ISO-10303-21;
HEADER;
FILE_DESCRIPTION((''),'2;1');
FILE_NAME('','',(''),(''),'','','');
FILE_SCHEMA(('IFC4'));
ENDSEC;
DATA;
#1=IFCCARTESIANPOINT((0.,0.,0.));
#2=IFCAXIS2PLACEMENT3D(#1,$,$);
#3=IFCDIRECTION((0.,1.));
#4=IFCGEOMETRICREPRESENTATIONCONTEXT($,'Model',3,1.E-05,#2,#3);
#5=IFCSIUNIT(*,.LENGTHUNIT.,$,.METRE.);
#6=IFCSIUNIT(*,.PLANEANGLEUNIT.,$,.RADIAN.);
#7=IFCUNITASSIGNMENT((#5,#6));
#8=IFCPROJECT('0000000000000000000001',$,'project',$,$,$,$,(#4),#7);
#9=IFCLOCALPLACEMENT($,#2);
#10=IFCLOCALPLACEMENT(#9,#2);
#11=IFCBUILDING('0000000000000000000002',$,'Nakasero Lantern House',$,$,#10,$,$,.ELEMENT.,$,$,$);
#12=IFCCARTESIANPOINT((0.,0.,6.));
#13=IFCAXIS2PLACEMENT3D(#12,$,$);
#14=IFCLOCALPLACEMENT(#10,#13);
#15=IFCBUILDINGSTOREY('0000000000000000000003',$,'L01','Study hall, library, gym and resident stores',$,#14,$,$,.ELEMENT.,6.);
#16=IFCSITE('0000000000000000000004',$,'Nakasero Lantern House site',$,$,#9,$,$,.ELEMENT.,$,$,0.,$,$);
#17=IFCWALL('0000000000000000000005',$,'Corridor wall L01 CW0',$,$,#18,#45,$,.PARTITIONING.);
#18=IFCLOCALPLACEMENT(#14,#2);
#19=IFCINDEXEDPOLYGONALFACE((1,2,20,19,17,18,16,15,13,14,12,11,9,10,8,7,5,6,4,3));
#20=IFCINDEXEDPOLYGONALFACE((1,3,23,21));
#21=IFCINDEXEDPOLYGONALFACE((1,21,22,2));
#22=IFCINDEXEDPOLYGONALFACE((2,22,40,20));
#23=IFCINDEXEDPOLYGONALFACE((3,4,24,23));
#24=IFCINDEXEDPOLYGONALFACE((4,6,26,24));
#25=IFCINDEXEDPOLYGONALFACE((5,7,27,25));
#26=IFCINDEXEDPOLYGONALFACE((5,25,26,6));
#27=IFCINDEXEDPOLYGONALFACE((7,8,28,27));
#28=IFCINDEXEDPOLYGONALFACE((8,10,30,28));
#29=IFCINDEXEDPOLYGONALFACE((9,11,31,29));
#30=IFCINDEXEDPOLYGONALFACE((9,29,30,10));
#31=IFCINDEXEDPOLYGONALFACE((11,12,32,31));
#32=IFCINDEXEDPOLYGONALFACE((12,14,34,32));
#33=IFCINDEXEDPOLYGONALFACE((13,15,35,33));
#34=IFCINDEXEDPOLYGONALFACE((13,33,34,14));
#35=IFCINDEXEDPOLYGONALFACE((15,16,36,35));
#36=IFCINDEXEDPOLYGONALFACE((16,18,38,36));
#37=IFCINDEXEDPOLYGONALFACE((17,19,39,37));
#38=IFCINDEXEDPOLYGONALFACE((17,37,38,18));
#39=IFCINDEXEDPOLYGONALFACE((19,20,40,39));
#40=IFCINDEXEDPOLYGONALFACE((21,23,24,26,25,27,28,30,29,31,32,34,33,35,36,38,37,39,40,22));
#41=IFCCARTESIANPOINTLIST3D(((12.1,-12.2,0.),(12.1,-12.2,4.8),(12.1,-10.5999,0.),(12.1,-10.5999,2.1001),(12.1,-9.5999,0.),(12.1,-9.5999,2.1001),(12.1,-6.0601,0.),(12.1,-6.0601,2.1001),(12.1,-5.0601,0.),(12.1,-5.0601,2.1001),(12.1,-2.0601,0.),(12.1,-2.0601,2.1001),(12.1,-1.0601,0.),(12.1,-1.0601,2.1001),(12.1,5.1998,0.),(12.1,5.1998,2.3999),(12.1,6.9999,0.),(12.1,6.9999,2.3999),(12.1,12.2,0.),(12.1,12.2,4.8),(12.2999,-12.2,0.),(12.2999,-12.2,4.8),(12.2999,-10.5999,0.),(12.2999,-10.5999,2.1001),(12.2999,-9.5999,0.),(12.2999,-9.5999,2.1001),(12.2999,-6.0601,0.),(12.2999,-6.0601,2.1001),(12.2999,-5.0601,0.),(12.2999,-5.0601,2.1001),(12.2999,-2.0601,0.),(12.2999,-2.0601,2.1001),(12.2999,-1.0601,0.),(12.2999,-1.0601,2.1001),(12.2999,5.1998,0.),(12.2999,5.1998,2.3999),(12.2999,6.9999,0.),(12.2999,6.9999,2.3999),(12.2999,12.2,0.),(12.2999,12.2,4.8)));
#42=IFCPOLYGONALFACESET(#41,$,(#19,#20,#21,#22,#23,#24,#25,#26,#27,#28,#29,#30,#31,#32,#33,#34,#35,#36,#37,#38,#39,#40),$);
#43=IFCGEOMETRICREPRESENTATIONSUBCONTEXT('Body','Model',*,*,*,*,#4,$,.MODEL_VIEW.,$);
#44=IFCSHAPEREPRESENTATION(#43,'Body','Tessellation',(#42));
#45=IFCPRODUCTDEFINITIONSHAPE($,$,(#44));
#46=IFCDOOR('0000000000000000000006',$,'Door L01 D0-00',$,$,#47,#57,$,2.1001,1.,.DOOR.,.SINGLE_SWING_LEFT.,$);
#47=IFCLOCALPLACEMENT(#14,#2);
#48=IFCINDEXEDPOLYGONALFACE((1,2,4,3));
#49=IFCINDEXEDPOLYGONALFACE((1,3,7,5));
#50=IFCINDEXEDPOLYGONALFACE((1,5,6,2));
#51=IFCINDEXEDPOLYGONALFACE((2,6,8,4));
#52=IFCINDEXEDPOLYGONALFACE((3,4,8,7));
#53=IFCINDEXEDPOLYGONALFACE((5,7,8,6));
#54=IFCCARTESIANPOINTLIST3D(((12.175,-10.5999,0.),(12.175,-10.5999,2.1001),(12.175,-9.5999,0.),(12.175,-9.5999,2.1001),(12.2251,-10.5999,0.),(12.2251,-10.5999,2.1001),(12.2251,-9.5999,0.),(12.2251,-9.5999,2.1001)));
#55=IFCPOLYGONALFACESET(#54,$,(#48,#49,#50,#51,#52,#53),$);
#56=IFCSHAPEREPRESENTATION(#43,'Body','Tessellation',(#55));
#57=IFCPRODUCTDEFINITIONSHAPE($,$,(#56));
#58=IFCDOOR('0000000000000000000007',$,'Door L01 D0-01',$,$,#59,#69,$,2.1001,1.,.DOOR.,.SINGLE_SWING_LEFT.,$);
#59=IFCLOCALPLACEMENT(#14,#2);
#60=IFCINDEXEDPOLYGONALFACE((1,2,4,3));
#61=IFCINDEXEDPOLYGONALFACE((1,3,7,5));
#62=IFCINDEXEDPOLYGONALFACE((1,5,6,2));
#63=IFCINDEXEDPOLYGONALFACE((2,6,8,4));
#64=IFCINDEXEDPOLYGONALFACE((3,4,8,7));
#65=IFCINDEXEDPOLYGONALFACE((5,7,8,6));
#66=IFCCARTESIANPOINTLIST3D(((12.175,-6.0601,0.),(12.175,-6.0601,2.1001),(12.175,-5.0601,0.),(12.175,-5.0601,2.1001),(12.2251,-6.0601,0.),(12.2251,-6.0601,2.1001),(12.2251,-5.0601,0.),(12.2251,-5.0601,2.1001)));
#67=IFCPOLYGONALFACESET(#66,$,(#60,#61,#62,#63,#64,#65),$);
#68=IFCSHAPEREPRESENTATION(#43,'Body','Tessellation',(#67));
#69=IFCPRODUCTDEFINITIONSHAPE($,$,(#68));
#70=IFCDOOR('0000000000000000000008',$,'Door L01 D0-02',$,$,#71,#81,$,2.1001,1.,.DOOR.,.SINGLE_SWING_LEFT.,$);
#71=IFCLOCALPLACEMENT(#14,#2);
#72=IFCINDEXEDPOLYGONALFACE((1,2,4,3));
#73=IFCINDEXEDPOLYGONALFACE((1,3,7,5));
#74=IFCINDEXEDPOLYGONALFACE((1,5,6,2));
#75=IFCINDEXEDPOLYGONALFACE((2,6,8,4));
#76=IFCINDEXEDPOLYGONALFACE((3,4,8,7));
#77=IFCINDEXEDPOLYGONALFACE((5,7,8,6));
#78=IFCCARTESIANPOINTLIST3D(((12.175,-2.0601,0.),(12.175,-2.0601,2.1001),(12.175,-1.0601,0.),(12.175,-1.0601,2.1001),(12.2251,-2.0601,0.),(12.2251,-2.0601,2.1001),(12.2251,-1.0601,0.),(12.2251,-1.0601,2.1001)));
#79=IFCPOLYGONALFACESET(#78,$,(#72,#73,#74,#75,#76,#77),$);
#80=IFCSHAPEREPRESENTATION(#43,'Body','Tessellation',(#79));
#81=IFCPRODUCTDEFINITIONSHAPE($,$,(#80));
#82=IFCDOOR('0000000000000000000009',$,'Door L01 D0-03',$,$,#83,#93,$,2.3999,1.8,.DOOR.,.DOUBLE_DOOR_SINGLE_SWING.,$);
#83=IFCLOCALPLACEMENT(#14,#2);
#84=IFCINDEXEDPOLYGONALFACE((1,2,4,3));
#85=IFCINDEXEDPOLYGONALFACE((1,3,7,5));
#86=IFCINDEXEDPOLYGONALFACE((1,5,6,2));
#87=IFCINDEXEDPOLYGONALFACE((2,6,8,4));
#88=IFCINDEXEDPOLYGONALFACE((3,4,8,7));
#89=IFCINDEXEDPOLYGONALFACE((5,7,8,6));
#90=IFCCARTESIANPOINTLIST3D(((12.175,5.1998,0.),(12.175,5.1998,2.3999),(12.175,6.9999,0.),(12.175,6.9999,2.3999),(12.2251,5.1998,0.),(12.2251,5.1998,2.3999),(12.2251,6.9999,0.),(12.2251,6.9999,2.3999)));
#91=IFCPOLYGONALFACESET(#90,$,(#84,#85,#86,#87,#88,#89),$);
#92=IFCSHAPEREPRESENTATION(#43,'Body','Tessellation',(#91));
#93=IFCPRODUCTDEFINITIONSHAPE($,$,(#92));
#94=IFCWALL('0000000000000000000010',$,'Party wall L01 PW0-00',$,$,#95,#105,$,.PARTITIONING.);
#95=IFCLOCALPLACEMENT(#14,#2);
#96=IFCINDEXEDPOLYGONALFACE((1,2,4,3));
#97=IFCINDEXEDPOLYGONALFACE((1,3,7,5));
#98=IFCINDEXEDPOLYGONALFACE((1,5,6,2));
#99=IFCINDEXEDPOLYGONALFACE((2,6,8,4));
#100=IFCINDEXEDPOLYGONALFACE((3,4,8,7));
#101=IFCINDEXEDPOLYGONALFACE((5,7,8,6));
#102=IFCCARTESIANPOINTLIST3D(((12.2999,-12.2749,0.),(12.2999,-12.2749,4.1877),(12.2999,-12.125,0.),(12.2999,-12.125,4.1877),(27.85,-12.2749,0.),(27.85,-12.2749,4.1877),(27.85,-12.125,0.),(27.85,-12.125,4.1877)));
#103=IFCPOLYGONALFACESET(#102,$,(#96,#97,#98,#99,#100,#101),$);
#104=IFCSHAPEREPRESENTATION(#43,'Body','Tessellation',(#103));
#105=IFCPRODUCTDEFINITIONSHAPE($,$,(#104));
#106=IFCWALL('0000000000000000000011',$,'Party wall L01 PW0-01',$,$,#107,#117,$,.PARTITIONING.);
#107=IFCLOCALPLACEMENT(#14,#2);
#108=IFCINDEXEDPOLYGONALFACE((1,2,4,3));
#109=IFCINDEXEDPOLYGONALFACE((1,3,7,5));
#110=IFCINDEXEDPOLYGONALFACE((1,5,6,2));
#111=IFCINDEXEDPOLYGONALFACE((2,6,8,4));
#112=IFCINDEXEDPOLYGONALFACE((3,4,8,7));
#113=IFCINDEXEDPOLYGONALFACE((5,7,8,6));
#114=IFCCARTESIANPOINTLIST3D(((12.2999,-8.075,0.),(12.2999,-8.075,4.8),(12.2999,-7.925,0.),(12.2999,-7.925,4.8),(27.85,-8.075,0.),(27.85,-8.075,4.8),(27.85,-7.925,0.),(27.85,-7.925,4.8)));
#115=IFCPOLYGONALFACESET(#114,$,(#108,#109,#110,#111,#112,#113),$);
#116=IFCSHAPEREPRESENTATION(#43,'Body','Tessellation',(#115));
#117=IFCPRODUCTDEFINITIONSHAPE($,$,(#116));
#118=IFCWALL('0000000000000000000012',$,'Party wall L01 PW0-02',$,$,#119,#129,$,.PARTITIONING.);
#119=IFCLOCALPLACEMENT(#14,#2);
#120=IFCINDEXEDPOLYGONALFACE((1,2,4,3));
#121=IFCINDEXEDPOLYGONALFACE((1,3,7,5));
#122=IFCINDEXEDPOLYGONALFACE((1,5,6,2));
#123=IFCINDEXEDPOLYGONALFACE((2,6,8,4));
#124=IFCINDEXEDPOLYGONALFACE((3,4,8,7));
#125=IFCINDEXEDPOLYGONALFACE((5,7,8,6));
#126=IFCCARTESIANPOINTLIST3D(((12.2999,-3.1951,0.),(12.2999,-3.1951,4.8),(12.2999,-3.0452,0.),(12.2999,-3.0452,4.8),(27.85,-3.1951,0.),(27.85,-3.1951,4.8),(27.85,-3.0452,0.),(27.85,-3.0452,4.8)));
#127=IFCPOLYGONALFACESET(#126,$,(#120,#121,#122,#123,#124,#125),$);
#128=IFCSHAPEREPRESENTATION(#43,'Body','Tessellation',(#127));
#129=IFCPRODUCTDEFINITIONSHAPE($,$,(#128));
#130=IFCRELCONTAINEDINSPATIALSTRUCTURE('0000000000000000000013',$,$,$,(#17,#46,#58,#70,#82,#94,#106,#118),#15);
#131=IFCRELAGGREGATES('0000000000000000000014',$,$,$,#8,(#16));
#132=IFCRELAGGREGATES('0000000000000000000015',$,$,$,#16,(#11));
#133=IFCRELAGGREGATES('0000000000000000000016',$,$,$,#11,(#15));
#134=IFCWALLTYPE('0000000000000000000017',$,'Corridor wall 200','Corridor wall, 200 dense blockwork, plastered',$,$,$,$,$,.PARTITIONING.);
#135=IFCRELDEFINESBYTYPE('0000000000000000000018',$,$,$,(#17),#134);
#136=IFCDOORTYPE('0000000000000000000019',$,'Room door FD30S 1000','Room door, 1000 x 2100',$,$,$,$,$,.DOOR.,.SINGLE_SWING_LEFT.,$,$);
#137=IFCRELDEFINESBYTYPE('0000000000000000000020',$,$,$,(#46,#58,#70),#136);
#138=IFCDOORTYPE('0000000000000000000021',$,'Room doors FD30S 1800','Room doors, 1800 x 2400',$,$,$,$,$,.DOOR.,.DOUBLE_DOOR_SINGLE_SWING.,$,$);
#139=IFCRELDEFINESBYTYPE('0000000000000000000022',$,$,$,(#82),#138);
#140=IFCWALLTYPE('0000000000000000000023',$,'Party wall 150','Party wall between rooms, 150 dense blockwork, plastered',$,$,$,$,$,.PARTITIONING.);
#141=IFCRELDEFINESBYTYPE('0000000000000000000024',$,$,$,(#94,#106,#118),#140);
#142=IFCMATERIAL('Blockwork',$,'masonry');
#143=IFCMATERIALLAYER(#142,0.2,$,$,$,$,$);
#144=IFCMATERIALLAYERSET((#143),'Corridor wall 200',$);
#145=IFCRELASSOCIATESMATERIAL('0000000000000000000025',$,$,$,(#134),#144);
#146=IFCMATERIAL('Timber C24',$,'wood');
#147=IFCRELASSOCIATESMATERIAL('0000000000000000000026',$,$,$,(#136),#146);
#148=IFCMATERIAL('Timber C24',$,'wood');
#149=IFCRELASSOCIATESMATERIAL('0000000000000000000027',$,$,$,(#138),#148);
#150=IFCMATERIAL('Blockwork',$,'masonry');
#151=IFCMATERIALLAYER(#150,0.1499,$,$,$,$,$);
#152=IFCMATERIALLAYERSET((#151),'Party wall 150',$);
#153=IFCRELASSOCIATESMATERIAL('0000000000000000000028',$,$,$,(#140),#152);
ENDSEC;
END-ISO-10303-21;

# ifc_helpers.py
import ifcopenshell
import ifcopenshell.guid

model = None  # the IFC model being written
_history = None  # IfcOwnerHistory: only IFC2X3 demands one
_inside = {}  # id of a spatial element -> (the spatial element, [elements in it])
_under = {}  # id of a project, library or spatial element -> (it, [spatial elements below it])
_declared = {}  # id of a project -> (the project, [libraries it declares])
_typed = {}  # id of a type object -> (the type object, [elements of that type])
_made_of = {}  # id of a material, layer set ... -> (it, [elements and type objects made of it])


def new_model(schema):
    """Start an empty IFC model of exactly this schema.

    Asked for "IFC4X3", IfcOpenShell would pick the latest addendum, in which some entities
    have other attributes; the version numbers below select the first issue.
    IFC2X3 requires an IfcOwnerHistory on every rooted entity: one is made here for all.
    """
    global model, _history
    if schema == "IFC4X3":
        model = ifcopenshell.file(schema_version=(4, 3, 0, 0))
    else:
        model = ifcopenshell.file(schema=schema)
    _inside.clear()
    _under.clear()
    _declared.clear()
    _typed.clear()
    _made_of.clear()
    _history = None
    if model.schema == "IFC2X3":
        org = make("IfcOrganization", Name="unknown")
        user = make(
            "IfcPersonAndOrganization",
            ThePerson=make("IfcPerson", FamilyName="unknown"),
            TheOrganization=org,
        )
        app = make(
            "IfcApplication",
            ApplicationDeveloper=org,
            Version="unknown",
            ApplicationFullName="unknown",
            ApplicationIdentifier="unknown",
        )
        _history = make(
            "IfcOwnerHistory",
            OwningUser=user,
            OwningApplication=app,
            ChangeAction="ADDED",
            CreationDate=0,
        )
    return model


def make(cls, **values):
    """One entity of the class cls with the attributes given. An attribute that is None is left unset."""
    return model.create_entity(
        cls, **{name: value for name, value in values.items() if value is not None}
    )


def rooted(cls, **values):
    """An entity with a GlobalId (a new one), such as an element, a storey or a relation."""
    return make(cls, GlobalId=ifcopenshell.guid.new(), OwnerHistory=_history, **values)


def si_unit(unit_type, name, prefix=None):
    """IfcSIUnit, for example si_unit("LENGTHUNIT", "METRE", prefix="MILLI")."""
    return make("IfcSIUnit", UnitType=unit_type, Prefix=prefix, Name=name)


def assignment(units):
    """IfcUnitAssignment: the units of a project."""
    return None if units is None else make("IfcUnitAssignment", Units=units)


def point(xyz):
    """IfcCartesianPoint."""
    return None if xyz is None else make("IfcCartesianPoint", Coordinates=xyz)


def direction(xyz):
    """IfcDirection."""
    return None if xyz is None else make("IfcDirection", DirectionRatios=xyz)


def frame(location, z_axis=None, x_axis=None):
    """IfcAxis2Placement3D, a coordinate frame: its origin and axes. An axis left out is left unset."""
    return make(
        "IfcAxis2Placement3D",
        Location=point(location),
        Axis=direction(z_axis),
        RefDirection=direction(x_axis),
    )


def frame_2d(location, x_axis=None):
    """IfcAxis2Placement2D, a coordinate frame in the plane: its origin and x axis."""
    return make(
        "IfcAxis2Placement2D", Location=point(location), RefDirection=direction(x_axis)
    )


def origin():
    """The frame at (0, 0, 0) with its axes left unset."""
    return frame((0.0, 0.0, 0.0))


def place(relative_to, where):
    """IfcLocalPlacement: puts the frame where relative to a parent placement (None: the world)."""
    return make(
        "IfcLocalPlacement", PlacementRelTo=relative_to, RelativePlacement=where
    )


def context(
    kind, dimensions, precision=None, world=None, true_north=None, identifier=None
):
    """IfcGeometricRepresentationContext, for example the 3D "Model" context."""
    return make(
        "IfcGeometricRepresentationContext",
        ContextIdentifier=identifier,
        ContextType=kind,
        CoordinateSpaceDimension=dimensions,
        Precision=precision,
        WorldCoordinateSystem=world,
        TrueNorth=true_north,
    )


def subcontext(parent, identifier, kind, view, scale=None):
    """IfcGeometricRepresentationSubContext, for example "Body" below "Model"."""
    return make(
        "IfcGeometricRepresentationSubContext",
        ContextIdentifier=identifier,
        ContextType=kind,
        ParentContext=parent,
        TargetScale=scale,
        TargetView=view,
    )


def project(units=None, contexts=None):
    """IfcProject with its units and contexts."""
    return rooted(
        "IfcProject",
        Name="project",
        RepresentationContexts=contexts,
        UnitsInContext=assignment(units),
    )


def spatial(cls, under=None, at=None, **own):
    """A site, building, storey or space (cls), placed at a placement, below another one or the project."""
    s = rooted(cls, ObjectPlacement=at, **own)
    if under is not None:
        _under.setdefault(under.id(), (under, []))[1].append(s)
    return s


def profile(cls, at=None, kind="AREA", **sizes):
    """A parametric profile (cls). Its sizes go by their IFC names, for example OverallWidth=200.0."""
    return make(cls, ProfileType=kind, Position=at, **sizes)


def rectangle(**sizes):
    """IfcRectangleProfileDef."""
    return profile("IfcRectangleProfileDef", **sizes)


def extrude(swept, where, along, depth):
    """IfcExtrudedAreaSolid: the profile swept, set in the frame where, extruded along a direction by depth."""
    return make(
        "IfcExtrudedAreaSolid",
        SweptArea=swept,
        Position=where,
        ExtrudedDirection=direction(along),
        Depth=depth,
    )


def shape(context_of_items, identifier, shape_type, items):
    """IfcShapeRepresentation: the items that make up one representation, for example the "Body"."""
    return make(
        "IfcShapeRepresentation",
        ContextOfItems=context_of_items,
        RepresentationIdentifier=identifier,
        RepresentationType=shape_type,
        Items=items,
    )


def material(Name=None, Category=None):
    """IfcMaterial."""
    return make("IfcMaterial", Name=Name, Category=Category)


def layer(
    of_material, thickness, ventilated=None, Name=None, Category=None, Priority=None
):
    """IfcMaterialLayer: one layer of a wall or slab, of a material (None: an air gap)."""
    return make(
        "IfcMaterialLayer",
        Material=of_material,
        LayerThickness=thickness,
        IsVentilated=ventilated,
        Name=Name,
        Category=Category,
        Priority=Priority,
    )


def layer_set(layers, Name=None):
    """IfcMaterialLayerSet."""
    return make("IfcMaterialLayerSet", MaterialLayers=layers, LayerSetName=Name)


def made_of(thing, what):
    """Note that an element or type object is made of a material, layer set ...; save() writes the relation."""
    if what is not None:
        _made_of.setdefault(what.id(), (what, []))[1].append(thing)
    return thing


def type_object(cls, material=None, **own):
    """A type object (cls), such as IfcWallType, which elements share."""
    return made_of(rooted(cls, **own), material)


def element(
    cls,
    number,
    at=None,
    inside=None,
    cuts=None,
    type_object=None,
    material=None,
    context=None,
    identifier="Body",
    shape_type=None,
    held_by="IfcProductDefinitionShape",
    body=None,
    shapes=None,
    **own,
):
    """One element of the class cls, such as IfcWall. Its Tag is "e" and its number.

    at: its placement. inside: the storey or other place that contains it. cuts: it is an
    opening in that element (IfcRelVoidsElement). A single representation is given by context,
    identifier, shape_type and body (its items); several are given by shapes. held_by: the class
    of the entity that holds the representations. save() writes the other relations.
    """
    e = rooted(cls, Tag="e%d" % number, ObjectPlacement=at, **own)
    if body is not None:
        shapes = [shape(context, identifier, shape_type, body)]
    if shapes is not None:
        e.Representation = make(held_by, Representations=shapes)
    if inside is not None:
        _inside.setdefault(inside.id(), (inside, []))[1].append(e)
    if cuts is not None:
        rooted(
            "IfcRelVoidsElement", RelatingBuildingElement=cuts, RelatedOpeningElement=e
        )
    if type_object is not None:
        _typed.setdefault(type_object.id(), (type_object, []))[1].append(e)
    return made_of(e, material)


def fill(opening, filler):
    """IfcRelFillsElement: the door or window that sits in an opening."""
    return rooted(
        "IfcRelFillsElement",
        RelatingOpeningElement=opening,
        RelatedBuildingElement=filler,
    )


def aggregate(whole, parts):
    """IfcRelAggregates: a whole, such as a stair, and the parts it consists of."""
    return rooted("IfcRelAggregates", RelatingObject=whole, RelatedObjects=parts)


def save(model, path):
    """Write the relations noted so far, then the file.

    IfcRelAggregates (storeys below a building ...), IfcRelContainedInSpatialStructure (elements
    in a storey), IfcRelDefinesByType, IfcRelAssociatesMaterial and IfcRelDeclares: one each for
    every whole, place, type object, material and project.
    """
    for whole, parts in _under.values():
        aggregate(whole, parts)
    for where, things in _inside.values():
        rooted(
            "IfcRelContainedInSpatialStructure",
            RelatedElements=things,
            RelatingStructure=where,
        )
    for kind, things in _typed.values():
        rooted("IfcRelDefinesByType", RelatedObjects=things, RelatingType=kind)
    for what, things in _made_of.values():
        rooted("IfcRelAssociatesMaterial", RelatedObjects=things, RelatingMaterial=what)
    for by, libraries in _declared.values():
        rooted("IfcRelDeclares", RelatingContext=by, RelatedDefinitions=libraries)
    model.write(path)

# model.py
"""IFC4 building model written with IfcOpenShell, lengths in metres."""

from ifc_helpers import new_model, si_unit, direction, frame, frame_2d, origin, place, context, subcontext, project, spatial, rectangle, extrude, material, layer, layer_set, type_object, element, fill, save


model = new_model("IFC4")

# Units and contexts
model_context = context("Model", 3, precision=1e-05, world=origin(), true_north=direction((0.0, 1.0)))
body_context = subcontext(model_context, "Body", "Model", "MODEL_VIEW")
ifc_project = project(units=[si_unit("LENGTHUNIT", "METRE"), si_unit("PLANEANGLEUNIT", "RADIAN")], contexts=[model_context])

# Site, building, storey
site_placement = place(None, origin())
site = spatial("IfcSite", under=ifc_project, at=site_placement, Name="Nakasero Lantern House site", CompositionType="ELEMENT", RefElevation=0.0)
building_placement = place(site_placement, origin())
building = spatial("IfcBuilding", under=site, at=building_placement, Name="Nakasero Lantern House", CompositionType="ELEMENT")
storey_placement = place(building_placement, frame((0.0, 0.0, 6.0)))
storey = spatial("IfcBuildingStorey", under=building, at=storey_placement, Name="L01", Description="Study hall, library, gym and resident stores", CompositionType="ELEMENT", Elevation=6.0)

# Wall, openings, doors
ifc_material_1 = material(Name="Blockwork", Category="masonry")
ifc_layer_1 = layer(ifc_material_1, 0.2)
ifc_layer_set_1 = layer_set([ifc_layer_1], Name="Corridor wall 200")
wall_type_1 = type_object("IfcWallType", Name="Corridor wall 200", Description="Corridor wall, 200 dense blockwork, plastered", PredefinedType="PARTITIONING", material=ifc_layer_set_1)
wall_1_placement = place(storey_placement, frame((12.2, -12.2, 0.0), z_axis=(0.0, 0.0, 1.0), x_axis=(0.0, 1.0, 0.0)))
wall_1 = element("IfcWall", 1, at=wall_1_placement, inside=storey, type_object=wall_type_1, Name="Corridor wall L01 CW0", PredefinedType="PARTITIONING", context=body_context, shape_type="SweptSolid", body=[
    extrude(rectangle(XDim=24.3999, YDim=0.2, at=frame_2d((12.2, 0.0))), origin(), (0.0, 0.0, 1.0), 4.8),
])
opening_1_placement = place(wall_1_placement, frame((1.6001, 0.0, 0.0)))
opening_1 = element("IfcOpeningElement", 2, at=opening_1_placement, cuts=wall_1, PredefinedType="OPENING", context=body_context, shape_type="SweptSolid", body=[
    extrude(rectangle(XDim=1.0, YDim=2.1001, at=frame_2d((0.5, 1.05))), frame((0.0, 0.1199, 0.0), z_axis=(0.0, -1.0, 0.0), x_axis=(1.0, 0.0, 0.0)), (0.0, 0.0, 1.0), 0.24),
])
opening_2_placement = place(wall_1_placement, frame((6.1399, 0.0, 0.0)))
opening_2 = element("IfcOpeningElement", 3, at=opening_2_placement, cuts=wall_1, PredefinedType="OPENING", context=body_context, shape_type="SweptSolid", body=[
    extrude(rectangle(XDim=1.0, YDim=2.1001, at=frame_2d((0.5, 1.05))), frame((0.0, 0.1199, 0.0), z_axis=(0.0, -1.0, 0.0), x_axis=(1.0, 0.0, 0.0)), (0.0, 0.0, 1.0), 0.24),
])
opening_3_placement = place(wall_1_placement, frame((10.1399, 0.0, 0.0)))
opening_3 = element("IfcOpeningElement", 4, at=opening_3_placement, cuts=wall_1, PredefinedType="OPENING", context=body_context, shape_type="SweptSolid", body=[
    extrude(rectangle(XDim=1.0, YDim=2.1001, at=frame_2d((0.5, 1.05))), frame((0.0, 0.1199, 0.0), z_axis=(0.0, -1.0, 0.0), x_axis=(1.0, 0.0, 0.0)), (0.0, 0.0, 1.0), 0.24),
])
opening_4_placement = place(wall_1_placement, frame((17.3999, 0.0, 0.0)))
opening_4 = element("IfcOpeningElement", 5, at=opening_4_placement, cuts=wall_1, PredefinedType="OPENING", context=body_context, shape_type="SweptSolid", body=[
    extrude(rectangle(XDim=1.8, YDim=2.3999, at=frame_2d((0.8999, 1.2))), frame((0.0, 0.1199, 0.0), z_axis=(0.0, -1.0, 0.0), x_axis=(1.0, 0.0, 0.0)), (0.0, 0.0, 1.0), 0.24),
])
ifc_material_2 = material(Name="Timber C24", Category="wood")
door_type_1 = type_object("IfcDoorType", Name="Room door FD30S 1000", Description="Room door, 1000 x 2100", OperationType="SINGLE_SWING_LEFT", PredefinedType="DOOR", material=ifc_material_2)
door_1_placement = place(opening_1_placement, origin())
door_1 = element("IfcDoor", 6, at=door_1_placement, inside=storey, type_object=door_type_1, Name="Door L01 D0-00", OperationType="SINGLE_SWING_LEFT", OverallHeight=2.1001, OverallWidth=1.0, PredefinedType="DOOR", context=body_context, shape_type="SweptSolid", body=[
    extrude(rectangle(XDim=1.0, YDim=2.1001, at=frame_2d((0.5, 1.05))), frame((0.0, 0.0249, 0.0), z_axis=(0.0, -1.0, 0.0), x_axis=(1.0, 0.0, 0.0)), (0.0, 0.0, 1.0), 0.05),
])
fill(opening_1, door_1)
door_2_placement = place(opening_2_placement, origin())
door_2 = element("IfcDoor", 7, at=door_2_placement, inside=storey, type_object=door_type_1, Name="Door L01 D0-01", OperationType="SINGLE_SWING_LEFT", OverallHeight=2.1001, OverallWidth=1.0, PredefinedType="DOOR", context=body_context, shape_type="SweptSolid", body=[
    extrude(rectangle(XDim=1.0, YDim=2.1001, at=frame_2d((0.5, 1.05))), frame((0.0, 0.0249, 0.0), z_axis=(0.0, -1.0, 0.0), x_axis=(1.0, 0.0, 0.0)), (0.0, 0.0, 1.0), 0.05),
])
fill(opening_2, door_2)
door_3_placement = place(opening_3_placement, origin())
door_3 = element("IfcDoor", 8, at=door_3_placement, inside=storey, type_object=door_type_1, Name="Door L01 D0-02", OperationType="SINGLE_SWING_LEFT", OverallHeight=2.1001, OverallWidth=1.0, PredefinedType="DOOR", context=body_context, shape_type="SweptSolid", body=[
    extrude(rectangle(XDim=1.0, YDim=2.1001, at=frame_2d((0.5, 1.05))), frame((0.0, 0.0249, 0.0), z_axis=(0.0, -1.0, 0.0), x_axis=(1.0, 0.0, 0.0)), (0.0, 0.0, 1.0), 0.05),
])
fill(opening_3, door_3)
ifc_material_3 = material(Name="Timber C24", Category="wood")
door_type_2 = type_object("IfcDoorType", Name="Room doors FD30S 1800", Description="Room doors, 1800 x 2400", OperationType="DOUBLE_DOOR_SINGLE_SWING", PredefinedType="DOOR", material=ifc_material_3)
door_4_placement = place(opening_4_placement, origin())
door_4 = element("IfcDoor", 9, at=door_4_placement, inside=storey, type_object=door_type_2, Name="Door L01 D0-03", OperationType="DOUBLE_DOOR_SINGLE_SWING", OverallHeight=2.3999, OverallWidth=1.8, PredefinedType="DOOR", context=body_context, shape_type="SweptSolid", body=[
    extrude(rectangle(XDim=1.8, YDim=2.3999, at=frame_2d((0.8999, 1.2))), frame((0.0, 0.0249, 0.0), z_axis=(0.0, -1.0, 0.0), x_axis=(1.0, 0.0, 0.0)), (0.0, 0.0, 1.0), 0.05),
])
fill(opening_4, door_4)

# Walls
ifc_material_4 = material(Name="Blockwork", Category="masonry")
ifc_layer_2 = layer(ifc_material_4, 0.1499)
ifc_layer_set_2 = layer_set([ifc_layer_2], Name="Party wall 150")
wall_type_2 = type_object("IfcWallType", Name="Party wall 150", Description="Party wall between rooms, 150 dense blockwork, plastered", PredefinedType="PARTITIONING", material=ifc_layer_set_2)
wall_2_placement = place(storey_placement, frame((12.3, -12.2, 0.0), z_axis=(0.0, 0.0, 1.0), x_axis=(1.0, 0.0, 0.0)))
element("IfcWall", 10, at=wall_2_placement, inside=storey, type_object=wall_type_2, Name="Party wall L01 PW0-00", PredefinedType="PARTITIONING", context=body_context, shape_type="SweptSolid", body=[
    extrude(rectangle(XDim=15.55, YDim=0.1499, at=frame_2d((7.7749, 0.0))), origin(), (0.0, 0.0, 1.0), 4.1877),
])
for number, where, z_axis, x_axis, name in (
    (11, (12.3, -8.0, 0.0), (0.0, 0.0, 1.0), (1.0, 0.0, 0.0), "Party wall L01 PW0-01"),
    (12, (12.3, -3.1201, 0.0), (0.0, 0.0, 1.0), (1.0, 0.0, 0.0), "Party wall L01 PW0-02"),
):
    element("IfcWall", number, at=place(storey_placement, frame(where, z_axis=z_axis, x_axis=x_axis)), inside=storey, type_object=wall_type_2, Name=name, PredefinedType="PARTITIONING", context=body_context, shape_type="SweptSolid", body=[
        extrude(rectangle(XDim=15.55, YDim=0.1499, at=frame_2d((7.7749, 0.0))), origin(), (0.0, 0.0, 1.0), 4.8),
    ])

save(model, "model.ifc")
